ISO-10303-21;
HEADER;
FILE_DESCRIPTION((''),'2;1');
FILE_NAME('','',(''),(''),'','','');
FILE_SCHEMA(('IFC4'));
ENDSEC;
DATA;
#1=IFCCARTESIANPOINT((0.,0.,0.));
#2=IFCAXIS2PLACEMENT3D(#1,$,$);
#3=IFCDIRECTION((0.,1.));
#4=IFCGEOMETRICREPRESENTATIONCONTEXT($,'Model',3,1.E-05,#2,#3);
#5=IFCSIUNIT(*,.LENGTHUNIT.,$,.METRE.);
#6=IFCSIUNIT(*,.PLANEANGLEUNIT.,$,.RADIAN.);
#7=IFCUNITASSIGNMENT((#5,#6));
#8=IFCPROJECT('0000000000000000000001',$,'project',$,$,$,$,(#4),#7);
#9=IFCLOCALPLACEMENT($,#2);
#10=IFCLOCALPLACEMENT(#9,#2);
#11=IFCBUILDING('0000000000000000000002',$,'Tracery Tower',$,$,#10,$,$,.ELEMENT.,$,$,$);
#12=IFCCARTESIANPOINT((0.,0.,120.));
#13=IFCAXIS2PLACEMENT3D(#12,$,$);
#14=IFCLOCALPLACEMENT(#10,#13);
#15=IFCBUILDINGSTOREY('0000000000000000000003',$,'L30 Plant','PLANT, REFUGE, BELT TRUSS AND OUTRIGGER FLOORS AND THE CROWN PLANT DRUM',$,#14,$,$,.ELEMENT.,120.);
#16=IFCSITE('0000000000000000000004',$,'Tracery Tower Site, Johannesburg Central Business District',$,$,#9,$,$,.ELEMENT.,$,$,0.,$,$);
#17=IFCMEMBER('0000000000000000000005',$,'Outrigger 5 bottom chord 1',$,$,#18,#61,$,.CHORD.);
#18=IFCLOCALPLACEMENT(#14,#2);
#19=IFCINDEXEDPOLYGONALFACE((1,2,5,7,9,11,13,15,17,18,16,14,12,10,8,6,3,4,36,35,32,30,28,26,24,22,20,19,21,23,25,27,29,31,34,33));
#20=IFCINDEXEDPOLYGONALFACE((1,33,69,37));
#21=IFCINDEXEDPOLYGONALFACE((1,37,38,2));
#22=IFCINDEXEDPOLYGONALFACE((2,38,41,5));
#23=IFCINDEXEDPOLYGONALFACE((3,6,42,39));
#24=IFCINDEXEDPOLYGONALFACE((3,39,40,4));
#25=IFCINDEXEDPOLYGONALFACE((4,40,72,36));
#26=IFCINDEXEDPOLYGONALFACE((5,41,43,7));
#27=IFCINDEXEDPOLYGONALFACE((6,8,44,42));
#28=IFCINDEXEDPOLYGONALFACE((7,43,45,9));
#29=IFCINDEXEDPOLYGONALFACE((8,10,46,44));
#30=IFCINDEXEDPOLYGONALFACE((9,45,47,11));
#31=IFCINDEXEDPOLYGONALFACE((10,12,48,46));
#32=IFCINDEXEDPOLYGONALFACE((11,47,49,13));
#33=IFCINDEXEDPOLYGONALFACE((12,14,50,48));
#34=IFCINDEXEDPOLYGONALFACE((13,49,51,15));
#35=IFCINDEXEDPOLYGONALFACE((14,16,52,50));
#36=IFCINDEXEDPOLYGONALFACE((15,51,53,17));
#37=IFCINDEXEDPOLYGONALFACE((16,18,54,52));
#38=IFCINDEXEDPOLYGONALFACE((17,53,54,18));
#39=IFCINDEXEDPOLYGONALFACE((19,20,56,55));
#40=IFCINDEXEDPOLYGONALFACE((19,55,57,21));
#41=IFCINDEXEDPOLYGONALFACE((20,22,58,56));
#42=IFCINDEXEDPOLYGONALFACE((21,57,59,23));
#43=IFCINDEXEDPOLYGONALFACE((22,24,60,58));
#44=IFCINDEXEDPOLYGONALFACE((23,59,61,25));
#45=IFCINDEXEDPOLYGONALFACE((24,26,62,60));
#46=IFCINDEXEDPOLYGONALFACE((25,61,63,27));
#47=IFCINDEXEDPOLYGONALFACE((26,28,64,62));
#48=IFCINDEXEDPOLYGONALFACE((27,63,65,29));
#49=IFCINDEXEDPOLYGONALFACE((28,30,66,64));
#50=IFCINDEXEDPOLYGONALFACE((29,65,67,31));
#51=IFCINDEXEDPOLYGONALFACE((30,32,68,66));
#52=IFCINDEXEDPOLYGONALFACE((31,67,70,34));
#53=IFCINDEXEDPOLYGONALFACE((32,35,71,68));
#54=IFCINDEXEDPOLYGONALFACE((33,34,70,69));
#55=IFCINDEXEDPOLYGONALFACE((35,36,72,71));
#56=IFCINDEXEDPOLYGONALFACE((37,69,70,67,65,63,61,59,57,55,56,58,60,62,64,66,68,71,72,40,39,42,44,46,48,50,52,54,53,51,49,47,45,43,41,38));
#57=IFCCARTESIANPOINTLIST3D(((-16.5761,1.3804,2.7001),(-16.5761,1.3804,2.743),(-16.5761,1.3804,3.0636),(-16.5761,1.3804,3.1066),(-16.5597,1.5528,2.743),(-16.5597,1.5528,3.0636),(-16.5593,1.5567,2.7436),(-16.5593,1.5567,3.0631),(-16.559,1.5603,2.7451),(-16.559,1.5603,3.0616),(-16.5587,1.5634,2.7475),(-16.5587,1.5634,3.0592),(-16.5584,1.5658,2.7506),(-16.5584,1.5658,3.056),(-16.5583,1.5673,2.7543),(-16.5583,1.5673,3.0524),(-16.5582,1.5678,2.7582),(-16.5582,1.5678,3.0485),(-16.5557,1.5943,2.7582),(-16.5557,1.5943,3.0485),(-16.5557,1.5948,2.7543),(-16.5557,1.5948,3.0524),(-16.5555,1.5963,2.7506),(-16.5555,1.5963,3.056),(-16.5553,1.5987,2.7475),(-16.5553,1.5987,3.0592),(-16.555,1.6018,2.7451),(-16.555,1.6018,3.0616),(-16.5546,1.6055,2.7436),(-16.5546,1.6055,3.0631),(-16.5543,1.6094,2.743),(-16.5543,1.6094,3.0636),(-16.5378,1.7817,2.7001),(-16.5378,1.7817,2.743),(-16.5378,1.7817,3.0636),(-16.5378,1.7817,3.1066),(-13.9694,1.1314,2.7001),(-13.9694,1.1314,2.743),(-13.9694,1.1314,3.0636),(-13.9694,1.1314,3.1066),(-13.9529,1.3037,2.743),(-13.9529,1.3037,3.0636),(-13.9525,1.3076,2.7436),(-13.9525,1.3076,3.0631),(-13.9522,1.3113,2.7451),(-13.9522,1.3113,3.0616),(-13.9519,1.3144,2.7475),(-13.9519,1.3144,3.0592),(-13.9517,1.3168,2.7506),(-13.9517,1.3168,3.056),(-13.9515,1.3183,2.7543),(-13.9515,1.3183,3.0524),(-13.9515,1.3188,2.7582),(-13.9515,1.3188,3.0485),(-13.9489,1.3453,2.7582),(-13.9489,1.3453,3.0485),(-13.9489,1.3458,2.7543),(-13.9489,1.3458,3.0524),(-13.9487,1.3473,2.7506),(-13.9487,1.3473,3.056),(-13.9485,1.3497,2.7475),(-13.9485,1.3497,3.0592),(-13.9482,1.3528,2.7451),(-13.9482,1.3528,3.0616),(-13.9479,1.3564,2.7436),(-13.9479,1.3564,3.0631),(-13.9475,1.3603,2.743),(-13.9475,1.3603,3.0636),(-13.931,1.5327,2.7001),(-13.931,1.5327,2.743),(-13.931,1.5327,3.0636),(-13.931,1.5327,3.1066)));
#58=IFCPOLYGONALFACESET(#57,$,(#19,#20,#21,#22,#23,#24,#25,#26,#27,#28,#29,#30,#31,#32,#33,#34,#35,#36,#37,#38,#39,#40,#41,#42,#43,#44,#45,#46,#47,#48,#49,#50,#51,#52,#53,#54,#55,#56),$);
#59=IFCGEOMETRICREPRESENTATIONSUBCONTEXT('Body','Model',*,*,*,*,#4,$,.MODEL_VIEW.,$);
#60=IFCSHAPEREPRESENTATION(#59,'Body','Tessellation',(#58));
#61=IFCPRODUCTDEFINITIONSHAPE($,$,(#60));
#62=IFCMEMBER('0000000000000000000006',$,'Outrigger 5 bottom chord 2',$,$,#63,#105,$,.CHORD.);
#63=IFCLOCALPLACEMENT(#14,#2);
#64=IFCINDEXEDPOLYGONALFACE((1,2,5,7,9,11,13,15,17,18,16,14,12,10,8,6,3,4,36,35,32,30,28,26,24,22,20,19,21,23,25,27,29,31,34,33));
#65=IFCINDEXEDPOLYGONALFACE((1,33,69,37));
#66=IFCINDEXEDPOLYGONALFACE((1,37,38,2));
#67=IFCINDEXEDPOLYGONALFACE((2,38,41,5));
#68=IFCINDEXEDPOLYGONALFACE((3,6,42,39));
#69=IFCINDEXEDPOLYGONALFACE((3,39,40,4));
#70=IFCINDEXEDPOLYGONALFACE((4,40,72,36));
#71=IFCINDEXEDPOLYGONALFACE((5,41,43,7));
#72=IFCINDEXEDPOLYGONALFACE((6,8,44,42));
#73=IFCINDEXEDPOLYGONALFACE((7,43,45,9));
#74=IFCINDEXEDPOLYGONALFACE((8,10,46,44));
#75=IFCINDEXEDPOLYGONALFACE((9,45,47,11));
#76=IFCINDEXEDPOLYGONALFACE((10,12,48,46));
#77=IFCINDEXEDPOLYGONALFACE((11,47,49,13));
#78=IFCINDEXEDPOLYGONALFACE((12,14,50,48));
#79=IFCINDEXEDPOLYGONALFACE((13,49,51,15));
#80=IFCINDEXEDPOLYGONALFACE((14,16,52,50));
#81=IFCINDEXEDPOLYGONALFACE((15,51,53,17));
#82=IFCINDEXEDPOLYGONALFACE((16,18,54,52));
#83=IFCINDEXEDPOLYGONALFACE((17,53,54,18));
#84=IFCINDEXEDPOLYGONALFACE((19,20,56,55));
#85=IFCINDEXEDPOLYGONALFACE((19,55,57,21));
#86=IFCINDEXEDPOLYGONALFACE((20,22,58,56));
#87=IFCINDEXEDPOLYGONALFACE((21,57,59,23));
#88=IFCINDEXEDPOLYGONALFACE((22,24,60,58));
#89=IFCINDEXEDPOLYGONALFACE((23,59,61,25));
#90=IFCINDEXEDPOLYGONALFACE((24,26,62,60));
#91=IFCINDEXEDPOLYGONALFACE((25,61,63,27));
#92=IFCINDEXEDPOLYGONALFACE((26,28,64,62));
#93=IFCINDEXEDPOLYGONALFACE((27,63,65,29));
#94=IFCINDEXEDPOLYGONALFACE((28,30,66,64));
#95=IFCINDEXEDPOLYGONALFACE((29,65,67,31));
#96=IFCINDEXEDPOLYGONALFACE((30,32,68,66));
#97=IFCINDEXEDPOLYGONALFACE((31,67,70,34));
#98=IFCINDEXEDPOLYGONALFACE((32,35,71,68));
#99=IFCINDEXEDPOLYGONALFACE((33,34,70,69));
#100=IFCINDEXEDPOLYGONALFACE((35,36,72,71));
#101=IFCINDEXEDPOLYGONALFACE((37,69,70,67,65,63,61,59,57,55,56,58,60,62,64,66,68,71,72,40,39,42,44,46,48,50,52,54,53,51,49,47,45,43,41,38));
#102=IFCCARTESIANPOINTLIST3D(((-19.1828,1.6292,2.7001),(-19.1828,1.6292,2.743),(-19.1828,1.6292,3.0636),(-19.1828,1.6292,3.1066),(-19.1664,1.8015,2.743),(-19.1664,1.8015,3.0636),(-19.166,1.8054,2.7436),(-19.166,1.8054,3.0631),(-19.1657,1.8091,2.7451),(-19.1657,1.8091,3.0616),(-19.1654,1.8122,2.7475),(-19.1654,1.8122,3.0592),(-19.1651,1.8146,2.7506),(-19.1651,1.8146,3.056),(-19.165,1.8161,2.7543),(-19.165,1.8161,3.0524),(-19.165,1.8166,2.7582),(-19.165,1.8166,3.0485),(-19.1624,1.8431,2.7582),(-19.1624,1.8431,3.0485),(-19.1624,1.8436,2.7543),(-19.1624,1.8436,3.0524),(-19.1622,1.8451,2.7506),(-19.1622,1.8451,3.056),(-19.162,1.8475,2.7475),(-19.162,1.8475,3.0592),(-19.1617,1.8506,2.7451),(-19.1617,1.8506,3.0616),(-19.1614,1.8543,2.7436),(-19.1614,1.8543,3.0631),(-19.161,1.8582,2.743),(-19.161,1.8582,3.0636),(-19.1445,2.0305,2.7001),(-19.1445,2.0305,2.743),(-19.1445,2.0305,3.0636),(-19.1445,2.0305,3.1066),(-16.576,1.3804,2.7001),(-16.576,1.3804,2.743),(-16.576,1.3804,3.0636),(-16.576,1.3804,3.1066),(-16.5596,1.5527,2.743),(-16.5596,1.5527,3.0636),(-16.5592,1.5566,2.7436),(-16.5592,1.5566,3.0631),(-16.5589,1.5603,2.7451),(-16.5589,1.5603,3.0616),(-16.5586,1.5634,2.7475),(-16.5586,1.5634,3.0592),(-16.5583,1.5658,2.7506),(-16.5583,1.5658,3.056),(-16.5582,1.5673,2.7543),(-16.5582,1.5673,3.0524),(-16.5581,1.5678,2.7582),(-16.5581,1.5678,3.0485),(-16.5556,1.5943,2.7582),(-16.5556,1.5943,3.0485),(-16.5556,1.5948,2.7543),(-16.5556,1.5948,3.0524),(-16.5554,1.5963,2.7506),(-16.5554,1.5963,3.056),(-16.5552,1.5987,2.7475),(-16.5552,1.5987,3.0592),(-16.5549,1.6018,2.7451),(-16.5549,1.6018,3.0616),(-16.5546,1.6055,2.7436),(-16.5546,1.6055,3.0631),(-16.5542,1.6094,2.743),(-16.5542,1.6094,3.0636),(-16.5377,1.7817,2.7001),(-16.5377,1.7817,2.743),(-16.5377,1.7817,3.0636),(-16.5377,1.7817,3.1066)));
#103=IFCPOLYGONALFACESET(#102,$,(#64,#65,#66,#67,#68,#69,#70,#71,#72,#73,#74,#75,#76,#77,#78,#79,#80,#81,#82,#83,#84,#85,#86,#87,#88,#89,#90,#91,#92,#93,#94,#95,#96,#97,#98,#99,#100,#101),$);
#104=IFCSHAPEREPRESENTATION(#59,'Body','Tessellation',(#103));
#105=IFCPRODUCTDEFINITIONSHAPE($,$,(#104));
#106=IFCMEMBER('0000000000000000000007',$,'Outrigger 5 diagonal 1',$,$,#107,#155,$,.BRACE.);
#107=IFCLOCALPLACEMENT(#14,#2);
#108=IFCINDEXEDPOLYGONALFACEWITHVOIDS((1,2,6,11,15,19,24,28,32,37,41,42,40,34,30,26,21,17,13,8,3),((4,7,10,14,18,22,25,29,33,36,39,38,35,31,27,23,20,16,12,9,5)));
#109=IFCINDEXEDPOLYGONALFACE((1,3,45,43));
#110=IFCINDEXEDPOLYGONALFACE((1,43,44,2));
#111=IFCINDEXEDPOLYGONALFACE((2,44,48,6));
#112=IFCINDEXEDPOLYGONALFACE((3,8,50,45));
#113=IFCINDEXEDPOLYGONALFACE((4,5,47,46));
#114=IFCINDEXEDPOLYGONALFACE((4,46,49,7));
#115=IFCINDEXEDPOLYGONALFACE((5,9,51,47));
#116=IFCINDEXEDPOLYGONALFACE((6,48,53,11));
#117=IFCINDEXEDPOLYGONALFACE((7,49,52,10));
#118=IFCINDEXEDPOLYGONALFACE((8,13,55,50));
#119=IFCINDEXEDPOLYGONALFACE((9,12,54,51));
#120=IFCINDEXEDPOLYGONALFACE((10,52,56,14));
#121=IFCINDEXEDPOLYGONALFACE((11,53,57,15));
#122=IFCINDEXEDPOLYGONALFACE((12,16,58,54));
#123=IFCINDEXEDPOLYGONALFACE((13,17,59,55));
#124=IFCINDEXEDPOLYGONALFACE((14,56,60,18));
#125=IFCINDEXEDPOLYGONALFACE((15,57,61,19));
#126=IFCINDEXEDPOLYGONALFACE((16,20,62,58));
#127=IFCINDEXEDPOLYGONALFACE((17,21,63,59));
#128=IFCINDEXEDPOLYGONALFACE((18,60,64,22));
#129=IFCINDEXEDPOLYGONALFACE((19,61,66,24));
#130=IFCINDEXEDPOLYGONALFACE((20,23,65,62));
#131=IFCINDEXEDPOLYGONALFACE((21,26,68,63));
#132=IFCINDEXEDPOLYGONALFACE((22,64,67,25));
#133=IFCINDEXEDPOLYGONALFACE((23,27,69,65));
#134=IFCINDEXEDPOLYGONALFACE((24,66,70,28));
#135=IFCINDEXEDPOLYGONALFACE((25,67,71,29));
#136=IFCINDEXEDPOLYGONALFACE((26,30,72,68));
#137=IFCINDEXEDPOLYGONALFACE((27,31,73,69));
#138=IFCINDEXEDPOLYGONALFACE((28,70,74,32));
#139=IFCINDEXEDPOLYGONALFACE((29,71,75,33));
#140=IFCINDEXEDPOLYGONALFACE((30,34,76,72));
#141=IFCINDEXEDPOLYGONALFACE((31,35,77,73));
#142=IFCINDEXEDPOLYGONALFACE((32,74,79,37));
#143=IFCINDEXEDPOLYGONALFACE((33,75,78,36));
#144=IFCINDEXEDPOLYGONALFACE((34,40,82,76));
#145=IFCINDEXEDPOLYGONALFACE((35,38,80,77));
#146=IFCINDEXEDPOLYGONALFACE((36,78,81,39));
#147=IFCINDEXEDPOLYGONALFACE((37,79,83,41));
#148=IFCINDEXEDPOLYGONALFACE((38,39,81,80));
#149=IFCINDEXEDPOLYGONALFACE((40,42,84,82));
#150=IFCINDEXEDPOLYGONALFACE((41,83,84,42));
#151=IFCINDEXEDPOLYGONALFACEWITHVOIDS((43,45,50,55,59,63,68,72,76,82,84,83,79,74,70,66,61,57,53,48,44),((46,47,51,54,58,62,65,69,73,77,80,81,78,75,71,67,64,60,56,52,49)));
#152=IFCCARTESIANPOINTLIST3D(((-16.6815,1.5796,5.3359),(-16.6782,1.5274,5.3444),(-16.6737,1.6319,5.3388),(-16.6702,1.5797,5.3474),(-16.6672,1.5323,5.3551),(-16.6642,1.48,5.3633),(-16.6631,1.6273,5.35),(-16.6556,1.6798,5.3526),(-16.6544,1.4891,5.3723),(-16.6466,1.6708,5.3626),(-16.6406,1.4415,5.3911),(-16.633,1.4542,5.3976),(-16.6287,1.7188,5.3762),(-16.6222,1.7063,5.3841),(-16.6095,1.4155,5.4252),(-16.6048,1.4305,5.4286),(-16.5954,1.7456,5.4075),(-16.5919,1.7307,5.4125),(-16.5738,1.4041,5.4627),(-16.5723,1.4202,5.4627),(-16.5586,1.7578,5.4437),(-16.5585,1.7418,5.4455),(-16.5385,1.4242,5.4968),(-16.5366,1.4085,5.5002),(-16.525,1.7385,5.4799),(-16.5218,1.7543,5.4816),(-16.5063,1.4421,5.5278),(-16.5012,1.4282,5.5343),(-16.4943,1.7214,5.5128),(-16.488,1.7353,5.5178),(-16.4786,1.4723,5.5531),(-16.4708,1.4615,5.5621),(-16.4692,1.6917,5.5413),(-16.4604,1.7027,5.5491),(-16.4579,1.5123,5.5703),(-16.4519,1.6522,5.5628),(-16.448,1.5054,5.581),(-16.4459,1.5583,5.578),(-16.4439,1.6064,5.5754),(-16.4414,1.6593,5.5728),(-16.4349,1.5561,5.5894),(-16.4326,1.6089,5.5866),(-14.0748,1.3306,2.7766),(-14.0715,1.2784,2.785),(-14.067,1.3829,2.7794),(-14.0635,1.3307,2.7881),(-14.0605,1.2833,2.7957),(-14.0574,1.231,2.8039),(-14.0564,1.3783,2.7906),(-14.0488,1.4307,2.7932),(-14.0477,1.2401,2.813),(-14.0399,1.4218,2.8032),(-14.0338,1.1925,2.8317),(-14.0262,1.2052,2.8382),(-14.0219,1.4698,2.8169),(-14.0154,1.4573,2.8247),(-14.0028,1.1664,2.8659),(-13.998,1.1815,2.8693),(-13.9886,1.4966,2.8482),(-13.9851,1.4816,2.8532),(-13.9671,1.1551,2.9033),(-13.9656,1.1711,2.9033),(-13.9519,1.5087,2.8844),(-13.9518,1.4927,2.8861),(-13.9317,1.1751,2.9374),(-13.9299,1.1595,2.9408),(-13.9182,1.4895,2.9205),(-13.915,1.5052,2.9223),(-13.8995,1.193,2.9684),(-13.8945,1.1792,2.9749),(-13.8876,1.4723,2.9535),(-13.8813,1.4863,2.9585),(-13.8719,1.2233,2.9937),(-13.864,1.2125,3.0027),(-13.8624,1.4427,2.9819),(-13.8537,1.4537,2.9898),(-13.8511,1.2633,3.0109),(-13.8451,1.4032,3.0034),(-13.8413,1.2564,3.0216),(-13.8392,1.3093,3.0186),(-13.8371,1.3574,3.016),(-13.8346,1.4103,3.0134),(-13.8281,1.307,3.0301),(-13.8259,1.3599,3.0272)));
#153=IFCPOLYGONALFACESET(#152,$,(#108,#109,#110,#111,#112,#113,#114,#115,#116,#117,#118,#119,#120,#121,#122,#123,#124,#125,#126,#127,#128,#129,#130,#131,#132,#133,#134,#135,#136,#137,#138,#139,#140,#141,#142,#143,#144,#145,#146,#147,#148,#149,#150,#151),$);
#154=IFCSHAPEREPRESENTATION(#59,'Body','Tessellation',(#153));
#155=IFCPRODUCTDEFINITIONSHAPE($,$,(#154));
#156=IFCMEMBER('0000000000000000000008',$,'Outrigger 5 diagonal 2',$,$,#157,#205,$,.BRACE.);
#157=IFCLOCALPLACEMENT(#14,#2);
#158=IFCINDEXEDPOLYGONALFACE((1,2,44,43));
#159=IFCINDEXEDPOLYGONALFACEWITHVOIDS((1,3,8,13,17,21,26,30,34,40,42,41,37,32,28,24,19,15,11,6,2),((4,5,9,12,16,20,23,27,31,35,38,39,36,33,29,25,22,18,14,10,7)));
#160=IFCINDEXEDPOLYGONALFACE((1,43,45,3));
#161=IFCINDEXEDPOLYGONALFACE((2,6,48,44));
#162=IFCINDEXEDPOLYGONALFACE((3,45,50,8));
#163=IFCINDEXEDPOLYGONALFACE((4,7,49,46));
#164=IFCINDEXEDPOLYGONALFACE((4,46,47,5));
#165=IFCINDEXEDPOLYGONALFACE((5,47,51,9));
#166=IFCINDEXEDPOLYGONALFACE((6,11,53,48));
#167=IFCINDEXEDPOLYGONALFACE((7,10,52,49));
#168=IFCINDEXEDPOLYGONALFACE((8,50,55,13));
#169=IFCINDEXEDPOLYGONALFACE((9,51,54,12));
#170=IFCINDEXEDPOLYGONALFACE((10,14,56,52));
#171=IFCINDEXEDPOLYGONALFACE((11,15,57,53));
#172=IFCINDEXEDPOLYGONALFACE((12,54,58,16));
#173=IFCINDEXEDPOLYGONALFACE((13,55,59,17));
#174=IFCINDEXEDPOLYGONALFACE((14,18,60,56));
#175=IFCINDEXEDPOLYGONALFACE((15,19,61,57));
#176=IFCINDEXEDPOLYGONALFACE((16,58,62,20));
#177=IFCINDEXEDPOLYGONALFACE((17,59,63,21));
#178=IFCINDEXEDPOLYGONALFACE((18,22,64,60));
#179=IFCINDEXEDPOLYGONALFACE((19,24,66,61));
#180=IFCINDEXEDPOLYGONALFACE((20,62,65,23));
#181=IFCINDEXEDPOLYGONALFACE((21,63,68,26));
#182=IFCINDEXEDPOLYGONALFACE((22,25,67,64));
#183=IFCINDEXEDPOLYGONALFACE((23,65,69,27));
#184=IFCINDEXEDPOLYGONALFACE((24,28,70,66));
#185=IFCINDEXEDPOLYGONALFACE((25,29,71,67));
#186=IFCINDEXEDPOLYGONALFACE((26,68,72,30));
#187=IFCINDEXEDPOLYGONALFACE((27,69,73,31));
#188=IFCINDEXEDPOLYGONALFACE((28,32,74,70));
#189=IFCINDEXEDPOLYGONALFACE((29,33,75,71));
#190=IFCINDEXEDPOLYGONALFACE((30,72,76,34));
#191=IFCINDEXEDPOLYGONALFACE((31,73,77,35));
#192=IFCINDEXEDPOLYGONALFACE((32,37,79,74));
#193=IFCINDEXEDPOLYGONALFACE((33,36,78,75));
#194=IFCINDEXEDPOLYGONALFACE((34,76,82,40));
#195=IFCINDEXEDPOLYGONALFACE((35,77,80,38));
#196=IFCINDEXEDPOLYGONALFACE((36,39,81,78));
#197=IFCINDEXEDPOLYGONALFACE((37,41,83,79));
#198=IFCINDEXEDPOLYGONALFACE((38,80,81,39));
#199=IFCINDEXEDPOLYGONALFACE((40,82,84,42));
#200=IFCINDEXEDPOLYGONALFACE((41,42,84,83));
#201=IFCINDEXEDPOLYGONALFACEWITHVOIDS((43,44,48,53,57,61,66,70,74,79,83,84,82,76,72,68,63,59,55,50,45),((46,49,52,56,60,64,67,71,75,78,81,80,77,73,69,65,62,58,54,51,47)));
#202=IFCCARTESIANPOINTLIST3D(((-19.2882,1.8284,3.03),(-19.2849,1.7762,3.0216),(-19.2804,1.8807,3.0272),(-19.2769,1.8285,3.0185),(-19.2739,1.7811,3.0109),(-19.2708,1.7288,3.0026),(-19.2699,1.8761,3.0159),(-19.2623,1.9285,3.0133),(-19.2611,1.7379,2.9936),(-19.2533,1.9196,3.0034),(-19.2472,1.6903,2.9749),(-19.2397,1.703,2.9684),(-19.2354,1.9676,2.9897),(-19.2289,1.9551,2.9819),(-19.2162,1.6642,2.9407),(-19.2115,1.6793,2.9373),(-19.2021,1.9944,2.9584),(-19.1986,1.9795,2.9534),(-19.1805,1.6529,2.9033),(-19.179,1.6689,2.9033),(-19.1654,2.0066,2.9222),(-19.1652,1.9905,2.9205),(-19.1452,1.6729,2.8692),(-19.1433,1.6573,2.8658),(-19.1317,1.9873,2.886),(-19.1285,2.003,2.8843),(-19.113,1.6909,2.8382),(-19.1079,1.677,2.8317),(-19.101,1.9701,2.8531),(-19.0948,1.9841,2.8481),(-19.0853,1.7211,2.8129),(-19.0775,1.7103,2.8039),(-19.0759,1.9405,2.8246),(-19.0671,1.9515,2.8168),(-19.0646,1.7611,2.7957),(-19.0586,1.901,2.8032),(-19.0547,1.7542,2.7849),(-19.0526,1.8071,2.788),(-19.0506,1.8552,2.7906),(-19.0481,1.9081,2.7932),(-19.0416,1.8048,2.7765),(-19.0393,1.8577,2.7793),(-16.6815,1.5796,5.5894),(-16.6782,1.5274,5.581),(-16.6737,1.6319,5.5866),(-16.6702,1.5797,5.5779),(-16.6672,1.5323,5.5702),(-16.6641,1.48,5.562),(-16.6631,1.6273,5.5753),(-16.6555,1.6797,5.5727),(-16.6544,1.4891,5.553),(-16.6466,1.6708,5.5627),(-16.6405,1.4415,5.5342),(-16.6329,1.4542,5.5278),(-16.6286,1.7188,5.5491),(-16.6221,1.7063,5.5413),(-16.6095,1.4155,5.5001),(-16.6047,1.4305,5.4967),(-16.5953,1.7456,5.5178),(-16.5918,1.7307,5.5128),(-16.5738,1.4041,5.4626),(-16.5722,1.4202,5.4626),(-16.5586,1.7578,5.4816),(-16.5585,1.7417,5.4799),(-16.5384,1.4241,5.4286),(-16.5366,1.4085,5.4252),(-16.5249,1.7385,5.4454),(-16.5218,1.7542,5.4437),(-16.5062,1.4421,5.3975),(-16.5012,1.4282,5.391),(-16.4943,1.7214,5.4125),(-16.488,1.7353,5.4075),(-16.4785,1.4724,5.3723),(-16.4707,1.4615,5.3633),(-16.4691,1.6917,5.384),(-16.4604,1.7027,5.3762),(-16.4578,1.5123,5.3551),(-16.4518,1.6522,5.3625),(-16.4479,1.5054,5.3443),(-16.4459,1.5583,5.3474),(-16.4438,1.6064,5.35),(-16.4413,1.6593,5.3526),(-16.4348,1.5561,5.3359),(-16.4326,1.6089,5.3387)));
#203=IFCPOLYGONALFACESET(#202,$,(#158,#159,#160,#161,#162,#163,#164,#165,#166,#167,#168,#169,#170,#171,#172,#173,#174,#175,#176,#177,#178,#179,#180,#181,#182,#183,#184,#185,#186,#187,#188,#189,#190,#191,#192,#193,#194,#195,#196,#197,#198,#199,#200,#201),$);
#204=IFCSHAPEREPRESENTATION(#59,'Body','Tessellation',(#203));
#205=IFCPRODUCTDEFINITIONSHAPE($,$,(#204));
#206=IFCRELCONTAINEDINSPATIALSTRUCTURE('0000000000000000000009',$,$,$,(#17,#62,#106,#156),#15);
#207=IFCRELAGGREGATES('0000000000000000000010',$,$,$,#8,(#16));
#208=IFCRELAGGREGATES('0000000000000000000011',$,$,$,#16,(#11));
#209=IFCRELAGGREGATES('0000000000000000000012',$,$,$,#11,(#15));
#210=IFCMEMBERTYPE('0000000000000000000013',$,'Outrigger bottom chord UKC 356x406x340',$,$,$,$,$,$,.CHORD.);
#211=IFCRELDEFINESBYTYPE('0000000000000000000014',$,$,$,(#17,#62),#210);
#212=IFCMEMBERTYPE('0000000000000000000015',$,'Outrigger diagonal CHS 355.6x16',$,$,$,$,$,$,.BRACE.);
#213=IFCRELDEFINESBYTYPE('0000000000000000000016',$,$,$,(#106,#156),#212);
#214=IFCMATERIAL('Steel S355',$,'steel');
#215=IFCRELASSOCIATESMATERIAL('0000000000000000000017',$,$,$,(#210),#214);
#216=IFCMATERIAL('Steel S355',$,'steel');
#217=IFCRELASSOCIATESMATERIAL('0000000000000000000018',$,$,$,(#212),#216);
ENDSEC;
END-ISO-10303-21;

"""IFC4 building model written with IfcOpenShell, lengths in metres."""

from ifc_helpers import new_model, si_unit, direction, frame, origin, origin_2d, place, context, subcontext, project, spatial, hollow_circle, i_section, extrude, material, material_profile, profile_set, type_object, element, save


model = new_model("IFC4")

# Units and contexts
model_context = context("Model", 3, precision=1e-05, world=origin(), true_north=direction((0.0, 1.0)))
body_context = subcontext(model_context, "Body", "Model", "MODEL_VIEW")
ifc_project = project(units=[si_unit("LENGTHUNIT", "METRE"), si_unit("PLANEANGLEUNIT", "RADIAN")], contexts=[model_context])

# Site, building, storey
site_placement = place(None, origin())
site = spatial("IfcSite", under=ifc_project, at=site_placement, Name="Tracery Tower Site, Johannesburg Central Business District", CompositionType="ELEMENT", RefElevation=0.0)
building_placement = place(site_placement, origin())
building = spatial("IfcBuilding", under=site, at=building_placement, Name="Tracery Tower", CompositionType="ELEMENT")
storey_placement = place(building_placement, frame((0.0, 0.0, 120.0)))
storey = spatial("IfcBuildingStorey", under=building, at=storey_placement, Name="L30 Plant", Description="PLANT, REFUGE, BELT TRUSS AND OUTRIGGER FLOORS AND THE CROWN PLANT DRUM", CompositionType="ELEMENT", Elevation=120.0)

# Members
ifc_material_1 = material(Name="Steel S355", Category="steel")
ifc_material_profile_1 = material_profile(ifc_material_1, i_section(OverallWidth=0.4031, OverallDepth=0.4065, WebThickness=0.0266, FlangeThickness=0.043, FilletRadius=0.0151, at=origin_2d()), Name="UKC 356x406x340")
ifc_profile_set_1 = profile_set([ifc_material_profile_1], Name="Steel S355")
member_type_1 = type_object("IfcMemberType", Name="Outrigger bottom chord UKC 356x406x340", PredefinedType="CHORD", material=ifc_profile_set_1)
for number, where, z_axis, x_axis, name in (
    (1, (-13.9502, 1.332, 2.9033), (-0.995468, 0.095099, 0.0), (-0.095099, -0.995468, 0.0), "Outrigger 5 bottom chord 1"),
    (2, (-16.5569, 1.5811, 2.9033), (-0.995477, 0.095007, 0.0), (-0.095007, -0.995477, 0.0), "Outrigger 5 bottom chord 2"),
):
    element("IfcMember", number, at=place(storey_placement, frame(where, z_axis=z_axis, x_axis=x_axis)), inside=storey, type_object=member_type_1, Name=name, PredefinedType="CHORD", context=body_context, shape_type="SweptSolid", body=[
        extrude(i_section(OverallWidth=0.4031, OverallDepth=0.4065, WebThickness=0.0266, FlangeThickness=0.043, FilletRadius=0.0151, at=origin_2d()), origin(), (0.0, 0.0, 1.0), 2.6187),
    ])
ifc_material_2 = material(Name="Steel S355", Category="steel")
ifc_material_profile_2 = material_profile(ifc_material_2, hollow_circle(Radius=0.1777, WallThickness=0.0161, at=origin_2d()), Name="CHS 355.6x16")
ifc_profile_set_2 = profile_set([ifc_material_profile_2], Name="Steel S355")
member_type_2 = type_object("IfcMemberType", Name="Outrigger diagonal CHS 355.6x16", PredefinedType="BRACE", material=ifc_profile_set_2)
for number, where, z_axis, x_axis, name in (
    (3, (-13.9502, 1.332, 2.9033), (-0.711908, 0.06801, 0.698972), (-0.095099, -0.995468, 0.0), "Outrigger 5 diagonal 1"),
    (4, (-16.5569, 1.5811, 5.4626), (-0.711911, 0.067944, -0.698975), (-0.095007, -0.995477, 0.0), "Outrigger 5 diagonal 2"),
):
    element("IfcMember", number, at=place(storey_placement, frame(where, z_axis=z_axis, x_axis=x_axis)), inside=storey, type_object=member_type_2, Name=name, PredefinedType="BRACE", context=body_context, shape_type="SweptSolid", body=[
        extrude(hollow_circle(Radius=0.1777, WallThickness=0.0161, at=origin_2d()), origin(), (0.0, 0.0, 1.0), 3.6616),
    ])

save(model, "model.ifc")
